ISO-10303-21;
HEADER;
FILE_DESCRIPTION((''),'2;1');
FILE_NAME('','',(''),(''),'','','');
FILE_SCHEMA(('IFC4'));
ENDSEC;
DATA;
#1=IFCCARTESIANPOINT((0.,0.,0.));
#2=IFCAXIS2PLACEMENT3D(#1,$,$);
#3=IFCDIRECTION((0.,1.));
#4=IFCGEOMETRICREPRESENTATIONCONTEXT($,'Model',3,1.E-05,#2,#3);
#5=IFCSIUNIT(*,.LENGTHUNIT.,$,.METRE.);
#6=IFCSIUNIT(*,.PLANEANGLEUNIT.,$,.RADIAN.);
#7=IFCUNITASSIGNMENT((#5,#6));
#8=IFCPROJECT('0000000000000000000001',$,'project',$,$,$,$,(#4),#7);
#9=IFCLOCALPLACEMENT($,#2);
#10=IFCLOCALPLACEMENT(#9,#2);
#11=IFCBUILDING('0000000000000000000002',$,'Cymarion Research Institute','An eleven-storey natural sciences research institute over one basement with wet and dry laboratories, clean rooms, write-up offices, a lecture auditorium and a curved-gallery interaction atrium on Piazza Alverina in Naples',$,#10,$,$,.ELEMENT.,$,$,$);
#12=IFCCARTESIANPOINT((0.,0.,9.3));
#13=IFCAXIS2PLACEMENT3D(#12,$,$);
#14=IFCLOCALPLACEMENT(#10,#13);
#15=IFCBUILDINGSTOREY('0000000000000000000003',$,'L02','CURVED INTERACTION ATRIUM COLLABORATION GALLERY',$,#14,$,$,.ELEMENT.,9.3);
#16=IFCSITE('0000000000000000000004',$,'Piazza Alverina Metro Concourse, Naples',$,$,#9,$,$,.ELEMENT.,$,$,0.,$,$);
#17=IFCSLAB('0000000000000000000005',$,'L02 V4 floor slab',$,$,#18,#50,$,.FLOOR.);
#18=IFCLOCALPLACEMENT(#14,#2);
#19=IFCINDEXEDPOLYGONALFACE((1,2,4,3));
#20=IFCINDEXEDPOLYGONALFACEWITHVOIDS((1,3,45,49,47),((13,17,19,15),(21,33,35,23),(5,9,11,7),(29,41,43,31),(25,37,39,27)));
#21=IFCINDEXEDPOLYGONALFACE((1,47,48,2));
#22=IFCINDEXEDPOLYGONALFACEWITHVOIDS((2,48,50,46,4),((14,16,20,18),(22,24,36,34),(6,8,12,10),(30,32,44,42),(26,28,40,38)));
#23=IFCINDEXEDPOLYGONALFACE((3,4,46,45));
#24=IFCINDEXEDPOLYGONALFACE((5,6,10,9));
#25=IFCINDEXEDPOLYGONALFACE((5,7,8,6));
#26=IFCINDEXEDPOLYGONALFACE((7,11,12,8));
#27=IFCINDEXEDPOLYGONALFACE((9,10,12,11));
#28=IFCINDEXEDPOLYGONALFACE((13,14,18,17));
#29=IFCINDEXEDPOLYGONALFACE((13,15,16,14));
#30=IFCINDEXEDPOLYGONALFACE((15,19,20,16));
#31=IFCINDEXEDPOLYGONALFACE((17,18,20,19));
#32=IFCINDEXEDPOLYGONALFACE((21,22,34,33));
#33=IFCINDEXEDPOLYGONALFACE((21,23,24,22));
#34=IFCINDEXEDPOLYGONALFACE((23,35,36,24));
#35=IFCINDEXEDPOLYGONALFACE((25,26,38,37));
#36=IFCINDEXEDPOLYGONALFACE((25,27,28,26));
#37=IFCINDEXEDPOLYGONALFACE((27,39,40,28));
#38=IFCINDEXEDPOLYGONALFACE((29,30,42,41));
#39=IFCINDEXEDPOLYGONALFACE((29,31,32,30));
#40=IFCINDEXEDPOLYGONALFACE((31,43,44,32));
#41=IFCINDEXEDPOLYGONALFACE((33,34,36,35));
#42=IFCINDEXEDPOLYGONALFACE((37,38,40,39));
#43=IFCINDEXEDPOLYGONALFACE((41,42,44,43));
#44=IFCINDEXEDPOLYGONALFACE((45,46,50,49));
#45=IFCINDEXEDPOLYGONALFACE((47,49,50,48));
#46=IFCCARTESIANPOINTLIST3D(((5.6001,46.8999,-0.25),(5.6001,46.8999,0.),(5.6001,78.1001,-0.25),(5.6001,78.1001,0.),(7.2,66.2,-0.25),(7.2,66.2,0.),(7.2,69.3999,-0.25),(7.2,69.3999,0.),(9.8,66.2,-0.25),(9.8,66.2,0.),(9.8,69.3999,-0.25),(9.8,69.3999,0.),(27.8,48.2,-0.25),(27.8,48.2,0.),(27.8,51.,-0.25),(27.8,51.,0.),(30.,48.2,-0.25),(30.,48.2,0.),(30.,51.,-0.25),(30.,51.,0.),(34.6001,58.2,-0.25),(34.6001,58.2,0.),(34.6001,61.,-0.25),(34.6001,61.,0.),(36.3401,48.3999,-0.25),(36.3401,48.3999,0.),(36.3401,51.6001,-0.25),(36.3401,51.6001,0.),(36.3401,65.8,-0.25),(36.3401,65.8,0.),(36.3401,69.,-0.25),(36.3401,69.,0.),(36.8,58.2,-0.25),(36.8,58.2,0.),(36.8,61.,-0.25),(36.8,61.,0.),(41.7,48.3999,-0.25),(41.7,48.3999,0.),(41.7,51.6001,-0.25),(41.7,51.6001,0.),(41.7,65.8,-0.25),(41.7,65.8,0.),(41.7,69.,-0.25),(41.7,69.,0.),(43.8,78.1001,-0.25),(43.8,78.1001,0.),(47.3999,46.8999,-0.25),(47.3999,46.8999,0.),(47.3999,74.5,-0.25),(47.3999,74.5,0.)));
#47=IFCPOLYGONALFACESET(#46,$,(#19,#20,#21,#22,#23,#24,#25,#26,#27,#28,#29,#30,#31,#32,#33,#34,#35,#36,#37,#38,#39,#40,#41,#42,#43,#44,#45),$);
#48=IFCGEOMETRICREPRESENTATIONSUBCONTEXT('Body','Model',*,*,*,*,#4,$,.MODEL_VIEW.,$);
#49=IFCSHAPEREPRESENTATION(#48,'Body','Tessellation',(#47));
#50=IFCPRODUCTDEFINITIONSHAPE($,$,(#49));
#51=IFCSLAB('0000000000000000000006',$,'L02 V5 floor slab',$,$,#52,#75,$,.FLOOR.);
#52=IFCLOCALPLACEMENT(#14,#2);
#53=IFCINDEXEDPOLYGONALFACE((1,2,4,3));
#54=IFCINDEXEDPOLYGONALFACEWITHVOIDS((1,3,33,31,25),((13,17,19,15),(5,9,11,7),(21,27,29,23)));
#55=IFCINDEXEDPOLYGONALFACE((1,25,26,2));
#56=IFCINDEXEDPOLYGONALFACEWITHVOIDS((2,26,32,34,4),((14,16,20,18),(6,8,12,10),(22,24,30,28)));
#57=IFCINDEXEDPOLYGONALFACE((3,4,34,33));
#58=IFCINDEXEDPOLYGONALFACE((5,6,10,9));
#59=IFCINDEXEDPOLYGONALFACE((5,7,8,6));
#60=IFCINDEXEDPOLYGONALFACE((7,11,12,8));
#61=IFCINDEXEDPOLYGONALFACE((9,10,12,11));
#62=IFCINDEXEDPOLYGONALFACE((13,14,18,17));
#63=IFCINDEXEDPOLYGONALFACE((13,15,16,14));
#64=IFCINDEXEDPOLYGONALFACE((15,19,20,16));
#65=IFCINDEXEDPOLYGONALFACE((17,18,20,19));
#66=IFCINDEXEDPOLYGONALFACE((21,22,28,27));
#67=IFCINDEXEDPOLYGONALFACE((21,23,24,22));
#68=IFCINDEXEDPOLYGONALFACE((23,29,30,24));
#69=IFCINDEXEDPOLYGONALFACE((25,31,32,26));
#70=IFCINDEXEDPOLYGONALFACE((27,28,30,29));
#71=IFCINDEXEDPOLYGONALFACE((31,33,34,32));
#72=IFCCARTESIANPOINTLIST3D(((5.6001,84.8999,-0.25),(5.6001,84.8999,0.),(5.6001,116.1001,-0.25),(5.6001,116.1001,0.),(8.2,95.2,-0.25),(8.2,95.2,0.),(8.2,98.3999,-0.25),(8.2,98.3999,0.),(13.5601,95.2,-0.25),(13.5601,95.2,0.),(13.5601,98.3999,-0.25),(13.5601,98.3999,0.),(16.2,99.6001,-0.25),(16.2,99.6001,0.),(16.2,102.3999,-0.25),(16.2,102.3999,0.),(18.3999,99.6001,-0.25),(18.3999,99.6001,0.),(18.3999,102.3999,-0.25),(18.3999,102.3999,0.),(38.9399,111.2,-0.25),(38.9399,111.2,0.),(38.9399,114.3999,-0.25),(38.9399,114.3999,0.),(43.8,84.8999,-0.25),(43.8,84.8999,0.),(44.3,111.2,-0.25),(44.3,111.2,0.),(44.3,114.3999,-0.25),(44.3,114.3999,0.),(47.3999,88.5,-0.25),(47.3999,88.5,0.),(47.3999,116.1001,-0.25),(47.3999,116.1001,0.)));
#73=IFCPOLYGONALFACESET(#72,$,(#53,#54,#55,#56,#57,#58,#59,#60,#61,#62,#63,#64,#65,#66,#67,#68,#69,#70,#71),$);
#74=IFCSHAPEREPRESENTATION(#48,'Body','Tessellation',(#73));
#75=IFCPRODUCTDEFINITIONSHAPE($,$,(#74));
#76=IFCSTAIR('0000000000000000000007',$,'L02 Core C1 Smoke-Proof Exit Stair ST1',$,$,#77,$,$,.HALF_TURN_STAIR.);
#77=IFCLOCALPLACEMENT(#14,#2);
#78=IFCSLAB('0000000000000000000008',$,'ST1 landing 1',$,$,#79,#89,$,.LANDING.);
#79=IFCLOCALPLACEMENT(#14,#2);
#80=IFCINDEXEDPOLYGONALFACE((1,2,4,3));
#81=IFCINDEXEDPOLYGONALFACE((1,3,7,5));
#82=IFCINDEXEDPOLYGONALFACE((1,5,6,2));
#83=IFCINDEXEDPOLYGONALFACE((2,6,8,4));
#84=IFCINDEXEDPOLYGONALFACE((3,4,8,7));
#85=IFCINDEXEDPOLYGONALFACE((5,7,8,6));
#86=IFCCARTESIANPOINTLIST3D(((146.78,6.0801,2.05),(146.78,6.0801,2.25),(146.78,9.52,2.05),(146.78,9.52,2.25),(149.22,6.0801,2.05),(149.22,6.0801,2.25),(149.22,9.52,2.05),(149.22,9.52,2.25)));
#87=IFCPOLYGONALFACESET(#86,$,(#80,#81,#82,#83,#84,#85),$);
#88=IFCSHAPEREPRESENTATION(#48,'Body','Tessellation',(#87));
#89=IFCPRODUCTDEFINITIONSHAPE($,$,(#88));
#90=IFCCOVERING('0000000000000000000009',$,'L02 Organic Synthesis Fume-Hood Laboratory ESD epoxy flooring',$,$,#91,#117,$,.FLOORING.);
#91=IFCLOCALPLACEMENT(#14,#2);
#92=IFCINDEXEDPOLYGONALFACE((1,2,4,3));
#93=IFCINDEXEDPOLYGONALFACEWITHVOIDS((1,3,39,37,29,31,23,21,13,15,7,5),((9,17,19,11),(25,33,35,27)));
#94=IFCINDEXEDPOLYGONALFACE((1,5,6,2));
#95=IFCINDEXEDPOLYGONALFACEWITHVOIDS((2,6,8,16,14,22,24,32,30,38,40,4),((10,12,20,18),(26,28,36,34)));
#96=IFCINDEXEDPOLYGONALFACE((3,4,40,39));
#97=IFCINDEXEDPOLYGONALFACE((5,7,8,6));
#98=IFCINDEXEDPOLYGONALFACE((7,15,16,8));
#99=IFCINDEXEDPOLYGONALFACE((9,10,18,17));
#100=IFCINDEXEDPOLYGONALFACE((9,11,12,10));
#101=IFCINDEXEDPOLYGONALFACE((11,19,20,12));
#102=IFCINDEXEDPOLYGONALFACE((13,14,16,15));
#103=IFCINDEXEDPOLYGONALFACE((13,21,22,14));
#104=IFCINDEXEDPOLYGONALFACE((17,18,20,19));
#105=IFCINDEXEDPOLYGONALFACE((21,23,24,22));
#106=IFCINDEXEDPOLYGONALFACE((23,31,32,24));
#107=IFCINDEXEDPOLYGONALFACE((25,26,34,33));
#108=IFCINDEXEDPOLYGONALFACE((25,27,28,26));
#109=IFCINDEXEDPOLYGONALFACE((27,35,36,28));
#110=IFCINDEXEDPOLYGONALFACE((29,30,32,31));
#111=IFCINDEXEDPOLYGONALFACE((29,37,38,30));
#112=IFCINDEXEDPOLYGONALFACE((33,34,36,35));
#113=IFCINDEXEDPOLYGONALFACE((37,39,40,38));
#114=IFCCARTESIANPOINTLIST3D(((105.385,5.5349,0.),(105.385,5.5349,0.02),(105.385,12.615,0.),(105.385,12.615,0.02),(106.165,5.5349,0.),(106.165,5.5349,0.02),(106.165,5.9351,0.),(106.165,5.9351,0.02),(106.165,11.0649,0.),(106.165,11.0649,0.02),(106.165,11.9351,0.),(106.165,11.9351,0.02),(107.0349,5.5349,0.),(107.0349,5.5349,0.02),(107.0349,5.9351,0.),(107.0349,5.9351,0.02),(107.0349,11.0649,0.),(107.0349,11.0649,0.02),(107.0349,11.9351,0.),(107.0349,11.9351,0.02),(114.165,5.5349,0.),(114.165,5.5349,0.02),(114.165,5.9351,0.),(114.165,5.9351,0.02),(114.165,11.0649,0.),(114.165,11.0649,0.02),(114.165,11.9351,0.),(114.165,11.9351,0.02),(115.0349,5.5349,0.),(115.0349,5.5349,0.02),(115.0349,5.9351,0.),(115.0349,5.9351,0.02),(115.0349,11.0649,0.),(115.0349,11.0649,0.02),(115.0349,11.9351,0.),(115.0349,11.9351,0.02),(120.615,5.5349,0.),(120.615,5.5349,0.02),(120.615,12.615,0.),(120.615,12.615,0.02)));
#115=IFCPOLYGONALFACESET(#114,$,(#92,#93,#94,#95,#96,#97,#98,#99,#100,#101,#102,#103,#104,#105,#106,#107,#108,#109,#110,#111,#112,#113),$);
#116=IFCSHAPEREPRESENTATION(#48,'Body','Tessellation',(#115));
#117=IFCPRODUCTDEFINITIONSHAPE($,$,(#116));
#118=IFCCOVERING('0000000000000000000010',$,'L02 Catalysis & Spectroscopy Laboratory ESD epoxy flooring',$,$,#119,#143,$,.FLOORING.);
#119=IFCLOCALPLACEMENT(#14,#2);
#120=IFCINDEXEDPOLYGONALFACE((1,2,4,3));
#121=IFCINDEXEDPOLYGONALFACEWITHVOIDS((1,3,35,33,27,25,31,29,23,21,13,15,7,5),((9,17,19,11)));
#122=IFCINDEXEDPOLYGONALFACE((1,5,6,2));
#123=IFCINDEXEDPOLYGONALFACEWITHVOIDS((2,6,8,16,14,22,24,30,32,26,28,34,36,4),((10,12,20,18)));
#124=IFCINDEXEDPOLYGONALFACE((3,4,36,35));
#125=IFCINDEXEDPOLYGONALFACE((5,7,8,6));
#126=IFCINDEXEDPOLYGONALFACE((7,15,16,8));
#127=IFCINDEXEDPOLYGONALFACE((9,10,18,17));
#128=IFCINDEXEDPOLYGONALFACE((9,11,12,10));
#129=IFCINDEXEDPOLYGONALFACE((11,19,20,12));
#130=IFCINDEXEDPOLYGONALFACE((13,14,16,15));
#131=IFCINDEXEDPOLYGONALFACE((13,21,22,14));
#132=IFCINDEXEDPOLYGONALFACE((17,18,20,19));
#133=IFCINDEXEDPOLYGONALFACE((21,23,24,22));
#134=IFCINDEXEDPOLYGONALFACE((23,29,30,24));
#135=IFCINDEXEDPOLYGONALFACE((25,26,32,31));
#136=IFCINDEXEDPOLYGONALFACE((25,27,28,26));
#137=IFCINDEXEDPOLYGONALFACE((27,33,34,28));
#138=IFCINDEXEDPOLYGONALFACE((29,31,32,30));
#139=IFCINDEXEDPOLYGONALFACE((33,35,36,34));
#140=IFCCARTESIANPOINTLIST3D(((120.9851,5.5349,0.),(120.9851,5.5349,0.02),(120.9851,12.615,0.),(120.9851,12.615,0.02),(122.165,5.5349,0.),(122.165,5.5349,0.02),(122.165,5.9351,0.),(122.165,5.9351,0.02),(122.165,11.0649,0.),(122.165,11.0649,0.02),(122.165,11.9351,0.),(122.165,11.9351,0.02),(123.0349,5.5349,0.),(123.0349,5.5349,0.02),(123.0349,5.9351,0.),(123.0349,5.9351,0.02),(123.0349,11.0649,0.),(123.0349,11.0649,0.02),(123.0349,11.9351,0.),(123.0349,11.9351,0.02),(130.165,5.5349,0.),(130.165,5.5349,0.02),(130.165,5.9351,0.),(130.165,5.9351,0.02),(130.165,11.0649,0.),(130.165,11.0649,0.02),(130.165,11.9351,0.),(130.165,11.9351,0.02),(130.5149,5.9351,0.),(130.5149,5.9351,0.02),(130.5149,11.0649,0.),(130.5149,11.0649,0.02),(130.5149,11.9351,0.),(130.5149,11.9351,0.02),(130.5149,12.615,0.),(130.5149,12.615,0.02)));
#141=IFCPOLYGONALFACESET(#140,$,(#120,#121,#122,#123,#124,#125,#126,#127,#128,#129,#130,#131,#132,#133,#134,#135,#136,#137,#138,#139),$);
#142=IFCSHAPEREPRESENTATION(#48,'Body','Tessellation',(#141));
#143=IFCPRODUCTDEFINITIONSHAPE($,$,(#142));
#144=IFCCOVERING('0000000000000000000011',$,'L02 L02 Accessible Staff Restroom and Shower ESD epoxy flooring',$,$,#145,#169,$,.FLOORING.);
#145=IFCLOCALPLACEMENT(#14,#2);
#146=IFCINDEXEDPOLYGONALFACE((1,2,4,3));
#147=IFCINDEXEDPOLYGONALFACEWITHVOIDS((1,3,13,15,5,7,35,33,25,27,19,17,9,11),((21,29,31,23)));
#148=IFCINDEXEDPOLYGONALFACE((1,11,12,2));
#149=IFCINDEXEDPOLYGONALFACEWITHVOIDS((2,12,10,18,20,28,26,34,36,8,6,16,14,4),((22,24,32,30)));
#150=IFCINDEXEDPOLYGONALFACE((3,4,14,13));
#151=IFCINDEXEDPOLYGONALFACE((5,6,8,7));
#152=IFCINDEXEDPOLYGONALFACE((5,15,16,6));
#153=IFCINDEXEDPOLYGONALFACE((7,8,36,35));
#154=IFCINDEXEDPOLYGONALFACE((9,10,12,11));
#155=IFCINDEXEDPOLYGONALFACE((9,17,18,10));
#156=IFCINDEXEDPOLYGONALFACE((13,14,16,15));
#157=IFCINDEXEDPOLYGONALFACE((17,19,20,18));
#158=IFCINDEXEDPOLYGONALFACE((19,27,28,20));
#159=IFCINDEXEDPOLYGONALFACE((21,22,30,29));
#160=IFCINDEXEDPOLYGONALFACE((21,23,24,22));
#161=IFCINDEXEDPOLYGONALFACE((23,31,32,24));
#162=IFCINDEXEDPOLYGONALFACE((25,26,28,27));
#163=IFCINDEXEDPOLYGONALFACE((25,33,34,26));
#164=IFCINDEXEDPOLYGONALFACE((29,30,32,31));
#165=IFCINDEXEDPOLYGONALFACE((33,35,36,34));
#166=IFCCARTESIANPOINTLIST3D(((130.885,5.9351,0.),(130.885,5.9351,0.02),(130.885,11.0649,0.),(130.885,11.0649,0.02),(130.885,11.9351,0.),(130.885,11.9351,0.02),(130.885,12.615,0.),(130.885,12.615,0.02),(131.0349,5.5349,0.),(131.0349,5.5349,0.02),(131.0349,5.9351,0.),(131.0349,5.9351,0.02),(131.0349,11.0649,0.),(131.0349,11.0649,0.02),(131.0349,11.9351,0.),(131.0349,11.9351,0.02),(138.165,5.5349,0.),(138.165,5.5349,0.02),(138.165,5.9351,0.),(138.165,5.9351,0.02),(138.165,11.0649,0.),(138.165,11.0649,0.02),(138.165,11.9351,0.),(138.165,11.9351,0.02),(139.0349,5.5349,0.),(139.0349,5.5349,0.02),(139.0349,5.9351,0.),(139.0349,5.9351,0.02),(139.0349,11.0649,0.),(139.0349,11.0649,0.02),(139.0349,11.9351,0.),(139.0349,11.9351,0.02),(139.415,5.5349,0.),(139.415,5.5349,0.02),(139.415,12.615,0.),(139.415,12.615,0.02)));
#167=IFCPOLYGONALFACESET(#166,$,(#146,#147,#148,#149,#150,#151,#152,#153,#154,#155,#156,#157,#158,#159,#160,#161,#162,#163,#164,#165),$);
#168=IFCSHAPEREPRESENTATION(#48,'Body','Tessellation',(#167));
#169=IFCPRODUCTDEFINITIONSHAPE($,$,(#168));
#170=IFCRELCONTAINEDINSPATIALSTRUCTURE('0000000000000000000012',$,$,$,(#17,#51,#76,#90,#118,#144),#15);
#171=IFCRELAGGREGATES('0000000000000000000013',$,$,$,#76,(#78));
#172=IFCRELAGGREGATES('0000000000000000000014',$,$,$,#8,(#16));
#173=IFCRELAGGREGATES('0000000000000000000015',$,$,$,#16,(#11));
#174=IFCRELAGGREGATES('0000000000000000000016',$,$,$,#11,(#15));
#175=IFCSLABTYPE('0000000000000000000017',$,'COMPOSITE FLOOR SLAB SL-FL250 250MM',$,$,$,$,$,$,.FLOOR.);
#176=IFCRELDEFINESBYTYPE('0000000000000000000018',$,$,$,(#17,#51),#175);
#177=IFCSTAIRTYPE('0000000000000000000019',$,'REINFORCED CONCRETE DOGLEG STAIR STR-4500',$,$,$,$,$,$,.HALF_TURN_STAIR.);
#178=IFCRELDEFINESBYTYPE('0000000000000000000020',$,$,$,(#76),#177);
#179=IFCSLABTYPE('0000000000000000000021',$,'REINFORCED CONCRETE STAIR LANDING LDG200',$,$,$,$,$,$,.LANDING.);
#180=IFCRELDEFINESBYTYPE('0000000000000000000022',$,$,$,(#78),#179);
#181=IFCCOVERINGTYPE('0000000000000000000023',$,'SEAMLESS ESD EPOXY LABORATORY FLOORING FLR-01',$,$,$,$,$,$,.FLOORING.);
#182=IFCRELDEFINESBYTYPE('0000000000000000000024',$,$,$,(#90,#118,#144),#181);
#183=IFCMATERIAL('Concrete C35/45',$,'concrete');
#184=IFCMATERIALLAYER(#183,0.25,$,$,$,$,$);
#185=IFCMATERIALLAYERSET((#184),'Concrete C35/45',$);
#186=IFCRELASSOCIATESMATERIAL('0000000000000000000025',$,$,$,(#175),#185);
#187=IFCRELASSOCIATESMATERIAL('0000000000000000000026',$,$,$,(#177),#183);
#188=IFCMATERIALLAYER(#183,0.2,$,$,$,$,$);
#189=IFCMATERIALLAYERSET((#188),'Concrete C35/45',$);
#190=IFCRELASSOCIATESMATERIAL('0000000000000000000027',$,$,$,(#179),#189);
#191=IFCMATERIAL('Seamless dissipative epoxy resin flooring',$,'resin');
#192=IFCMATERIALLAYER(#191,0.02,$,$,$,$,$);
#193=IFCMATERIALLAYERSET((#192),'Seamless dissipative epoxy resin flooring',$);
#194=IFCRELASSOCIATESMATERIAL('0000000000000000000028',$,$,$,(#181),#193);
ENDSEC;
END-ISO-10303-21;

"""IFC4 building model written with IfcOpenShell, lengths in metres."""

from ifc_helpers import new_model, si_unit, direction, frame, origin, place, context, subcontext, project, spatial, polyline, outline, extrude, material, layer, layer_set, type_object, element, aggregate, save


model = new_model("IFC4")

# Units and contexts
model_context = context("Model", 3, precision=1e-05, world=origin(), true_north=direction((0.0, 1.0)))
body_context = subcontext(model_context, "Body", "Model", "MODEL_VIEW")
ifc_project = project(units=[si_unit("LENGTHUNIT", "METRE"), si_unit("PLANEANGLEUNIT", "RADIAN")], contexts=[model_context])

# Site, building, storey
site_placement = place(None, origin())
site = spatial("IfcSite", under=ifc_project, at=site_placement, Name="Piazza Alverina Metro Concourse, Naples", CompositionType="ELEMENT", RefElevation=0.0)
building_placement = place(site_placement, origin())
building = spatial("IfcBuilding", under=site, at=building_placement, Name="Cymarion Research Institute", Description="An eleven-storey natural sciences research institute over one basement with wet and dry laboratories, clean rooms, write-up offices, a lecture auditorium and a curved-gallery interaction atrium on Piazza Alverina in Naples", CompositionType="ELEMENT")
storey_placement = place(building_placement, frame((0.0, 0.0, 9.3)))
storey = spatial("IfcBuildingStorey", under=building, at=storey_placement, Name="L02", Description="CURVED INTERACTION ATRIUM COLLABORATION GALLERY", CompositionType="ELEMENT", Elevation=9.3)

# Slabs
ifc_material_1 = material(Name="Concrete C35/45", Category="concrete")
ifc_layer_1 = layer(ifc_material_1, 0.25)
ifc_layer_set_1 = layer_set([ifc_layer_1], Name="Concrete C35/45")
slab_type_1 = type_object("IfcSlabType", Name="COMPOSITE FLOOR SLAB SL-FL250 250MM", PredefinedType="FLOOR", material=ifc_layer_set_1)
slab_1_placement = place(storey_placement, frame((0.0, 0.0, -0.25)))
element("IfcSlab", 1, at=slab_1_placement, inside=storey, type_object=slab_type_1, Name="L02 V4 floor slab", PredefinedType="FLOOR", context=body_context, shape_type="SweptSolid", body=[
    extrude(outline(polyline([(5.6001, 46.8999), (47.3999, 46.8999), (47.3999, 74.5), (43.8, 78.1001), (5.6001, 78.1001), (5.6001, 46.8999)]), holes=[polyline([(36.3401, 48.3999), (41.7, 48.3999), (41.7, 51.6001), (36.3401, 51.6001), (36.3401, 48.3999)]), polyline([(27.8, 48.2), (30.0, 48.2), (30.0, 51.0), (27.8, 51.0), (27.8, 48.2)]), polyline([(36.3401, 65.8), (41.7, 65.8), (41.7, 69.0), (36.3401, 69.0), (36.3401, 65.8)]), polyline([(34.6001, 58.2), (36.8, 58.2), (36.8, 61.0), (34.6001, 61.0), (34.6001, 58.2)]), polyline([(7.2, 66.2), (9.8, 66.2), (9.8, 69.3999), (7.2, 69.3999), (7.2, 66.2)])]), origin(), (0.0, 0.0, 1.0), 0.25),
])
slab_2_placement = place(storey_placement, frame((0.0, 0.0, -0.25)))
element("IfcSlab", 2, at=slab_2_placement, inside=storey, type_object=slab_type_1, Name="L02 V5 floor slab", PredefinedType="FLOOR", context=body_context, shape_type="SweptSolid", body=[
    extrude(outline(polyline([(5.6001, 84.8999), (43.8, 84.8999), (47.3999, 88.5), (47.3999, 116.1001), (5.6001, 116.1001), (5.6001, 84.8999)]), holes=[polyline([(13.5601, 98.3999), (8.2, 98.3999), (8.2, 95.2), (13.5601, 95.2), (13.5601, 98.3999)]), polyline([(16.2, 99.6001), (18.3999, 99.6001), (18.3999, 102.3999), (16.2, 102.3999), (16.2, 99.6001)]), polyline([(38.9399, 111.2), (44.3, 111.2), (44.3, 114.3999), (38.9399, 114.3999), (38.9399, 111.2)])]), origin(), (0.0, 0.0, 1.0), 0.25),
])

# Stair, slab
stair_type = type_object("IfcStairType", Name="REINFORCED CONCRETE DOGLEG STAIR STR-4500", PredefinedType="HALF_TURN_STAIR", material=ifc_material_1)
stair_placement = place(storey_placement, origin())
stair = element("IfcStair", 3, at=stair_placement, inside=storey, type_object=stair_type, Name="L02 Core C1 Smoke-Proof Exit Stair ST1", PredefinedType="HALF_TURN_STAIR")
ifc_layer_2 = layer(ifc_material_1, 0.2)
ifc_layer_set_2 = layer_set([ifc_layer_2], Name="Concrete C35/45")
slab_type_2 = type_object("IfcSlabType", Name="REINFORCED CONCRETE STAIR LANDING LDG200", PredefinedType="LANDING", material=ifc_layer_set_2)
slab_3_placement = place(storey_placement, frame((0.0, 0.0, 2.05)))
slab_3 = element("IfcSlab", 4, at=slab_3_placement, type_object=slab_type_2, Name="ST1 landing 1", PredefinedType="LANDING", context=body_context, shape_type="SweptSolid", body=[
    extrude(outline(polyline([(149.22, 9.52), (149.22, 6.0801), (146.78, 6.0801), (146.78, 9.52), (149.22, 9.52)])), origin(), (0.0, 0.0, 1.0), 0.2),
])
aggregate(stair, [slab_3])

# Coverings
ifc_material_2 = material(Name="Seamless dissipative epoxy resin flooring", Category="resin")
ifc_layer_3 = layer(ifc_material_2, 0.02)
ifc_layer_set_3 = layer_set([ifc_layer_3], Name="Seamless dissipative epoxy resin flooring")
covering_type = type_object("IfcCoveringType", Name="SEAMLESS ESD EPOXY LABORATORY FLOORING FLR-01", PredefinedType="FLOORING", material=ifc_layer_set_3)
covering_1_placement = place(storey_placement, origin())
element("IfcCovering", 5, at=covering_1_placement, inside=storey, type_object=covering_type, Name="L02 Organic Synthesis Fume-Hood Laboratory ESD epoxy flooring", PredefinedType="FLOORING", context=body_context, shape_type="SweptSolid", body=[
    extrude(outline(polyline([(105.385, 12.615), (120.615, 12.615), (120.615, 5.5349), (115.0349, 5.5349), (115.0349, 5.9351), (114.165, 5.9351), (114.165, 5.5349), (107.0349, 5.5349), (107.0349, 5.9351), (106.165, 5.9351), (106.165, 5.5349), (105.385, 5.5349), (105.385, 12.615)]), holes=[polyline([(115.0349, 11.9351), (114.165, 11.9351), (114.165, 11.0649), (115.0349, 11.0649), (115.0349, 11.9351)]), polyline([(107.0349, 11.9351), (106.165, 11.9351), (106.165, 11.0649), (107.0349, 11.0649), (107.0349, 11.9351)])]), origin(), (0.0, 0.0, 1.0), 0.02),
])
covering_2_placement = place(storey_placement, origin())
element("IfcCovering", 6, at=covering_2_placement, inside=storey, type_object=covering_type, Name="L02 Catalysis & Spectroscopy Laboratory ESD epoxy flooring", PredefinedType="FLOORING", context=body_context, shape_type="SweptSolid", body=[
    extrude(outline(polyline([(120.9851, 12.615), (130.5149, 12.615), (130.5149, 11.9351), (130.165, 11.9351), (130.165, 11.0649), (130.5149, 11.0649), (130.5149, 5.9351), (130.165, 5.9351), (130.165, 5.5349), (123.0349, 5.5349), (123.0349, 5.9351), (122.165, 5.9351), (122.165, 5.5349), (120.9851, 5.5349), (120.9851, 12.615)]), holes=[polyline([(123.0349, 11.9351), (122.165, 11.9351), (122.165, 11.0649), (123.0349, 11.0649), (123.0349, 11.9351)])]), origin(), (0.0, 0.0, 1.0), 0.02),
])
covering_3_placement = place(storey_placement, origin())
element("IfcCovering", 7, at=covering_3_placement, inside=storey, type_object=covering_type, Name="L02 L02 Accessible Staff Restroom and Shower ESD epoxy flooring", PredefinedType="FLOORING", context=body_context, shape_type="SweptSolid", body=[
    extrude(outline(polyline([(130.885, 5.9351), (130.885, 11.0649), (131.0349, 11.0649), (131.0349, 11.9351), (130.885, 11.9351), (130.885, 12.615), (139.415, 12.615), (139.415, 5.5349), (139.0349, 5.5349), (139.0349, 5.9351), (138.165, 5.9351), (138.165, 5.5349), (131.0349, 5.5349), (131.0349, 5.9351), (130.885, 5.9351)]), holes=[polyline([(139.0349, 11.9351), (138.165, 11.9351), (138.165, 11.0649), (139.0349, 11.0649), (139.0349, 11.9351)])]), origin(), (0.0, 0.0, 1.0), 0.02),
])

save(model, "model.ifc")
